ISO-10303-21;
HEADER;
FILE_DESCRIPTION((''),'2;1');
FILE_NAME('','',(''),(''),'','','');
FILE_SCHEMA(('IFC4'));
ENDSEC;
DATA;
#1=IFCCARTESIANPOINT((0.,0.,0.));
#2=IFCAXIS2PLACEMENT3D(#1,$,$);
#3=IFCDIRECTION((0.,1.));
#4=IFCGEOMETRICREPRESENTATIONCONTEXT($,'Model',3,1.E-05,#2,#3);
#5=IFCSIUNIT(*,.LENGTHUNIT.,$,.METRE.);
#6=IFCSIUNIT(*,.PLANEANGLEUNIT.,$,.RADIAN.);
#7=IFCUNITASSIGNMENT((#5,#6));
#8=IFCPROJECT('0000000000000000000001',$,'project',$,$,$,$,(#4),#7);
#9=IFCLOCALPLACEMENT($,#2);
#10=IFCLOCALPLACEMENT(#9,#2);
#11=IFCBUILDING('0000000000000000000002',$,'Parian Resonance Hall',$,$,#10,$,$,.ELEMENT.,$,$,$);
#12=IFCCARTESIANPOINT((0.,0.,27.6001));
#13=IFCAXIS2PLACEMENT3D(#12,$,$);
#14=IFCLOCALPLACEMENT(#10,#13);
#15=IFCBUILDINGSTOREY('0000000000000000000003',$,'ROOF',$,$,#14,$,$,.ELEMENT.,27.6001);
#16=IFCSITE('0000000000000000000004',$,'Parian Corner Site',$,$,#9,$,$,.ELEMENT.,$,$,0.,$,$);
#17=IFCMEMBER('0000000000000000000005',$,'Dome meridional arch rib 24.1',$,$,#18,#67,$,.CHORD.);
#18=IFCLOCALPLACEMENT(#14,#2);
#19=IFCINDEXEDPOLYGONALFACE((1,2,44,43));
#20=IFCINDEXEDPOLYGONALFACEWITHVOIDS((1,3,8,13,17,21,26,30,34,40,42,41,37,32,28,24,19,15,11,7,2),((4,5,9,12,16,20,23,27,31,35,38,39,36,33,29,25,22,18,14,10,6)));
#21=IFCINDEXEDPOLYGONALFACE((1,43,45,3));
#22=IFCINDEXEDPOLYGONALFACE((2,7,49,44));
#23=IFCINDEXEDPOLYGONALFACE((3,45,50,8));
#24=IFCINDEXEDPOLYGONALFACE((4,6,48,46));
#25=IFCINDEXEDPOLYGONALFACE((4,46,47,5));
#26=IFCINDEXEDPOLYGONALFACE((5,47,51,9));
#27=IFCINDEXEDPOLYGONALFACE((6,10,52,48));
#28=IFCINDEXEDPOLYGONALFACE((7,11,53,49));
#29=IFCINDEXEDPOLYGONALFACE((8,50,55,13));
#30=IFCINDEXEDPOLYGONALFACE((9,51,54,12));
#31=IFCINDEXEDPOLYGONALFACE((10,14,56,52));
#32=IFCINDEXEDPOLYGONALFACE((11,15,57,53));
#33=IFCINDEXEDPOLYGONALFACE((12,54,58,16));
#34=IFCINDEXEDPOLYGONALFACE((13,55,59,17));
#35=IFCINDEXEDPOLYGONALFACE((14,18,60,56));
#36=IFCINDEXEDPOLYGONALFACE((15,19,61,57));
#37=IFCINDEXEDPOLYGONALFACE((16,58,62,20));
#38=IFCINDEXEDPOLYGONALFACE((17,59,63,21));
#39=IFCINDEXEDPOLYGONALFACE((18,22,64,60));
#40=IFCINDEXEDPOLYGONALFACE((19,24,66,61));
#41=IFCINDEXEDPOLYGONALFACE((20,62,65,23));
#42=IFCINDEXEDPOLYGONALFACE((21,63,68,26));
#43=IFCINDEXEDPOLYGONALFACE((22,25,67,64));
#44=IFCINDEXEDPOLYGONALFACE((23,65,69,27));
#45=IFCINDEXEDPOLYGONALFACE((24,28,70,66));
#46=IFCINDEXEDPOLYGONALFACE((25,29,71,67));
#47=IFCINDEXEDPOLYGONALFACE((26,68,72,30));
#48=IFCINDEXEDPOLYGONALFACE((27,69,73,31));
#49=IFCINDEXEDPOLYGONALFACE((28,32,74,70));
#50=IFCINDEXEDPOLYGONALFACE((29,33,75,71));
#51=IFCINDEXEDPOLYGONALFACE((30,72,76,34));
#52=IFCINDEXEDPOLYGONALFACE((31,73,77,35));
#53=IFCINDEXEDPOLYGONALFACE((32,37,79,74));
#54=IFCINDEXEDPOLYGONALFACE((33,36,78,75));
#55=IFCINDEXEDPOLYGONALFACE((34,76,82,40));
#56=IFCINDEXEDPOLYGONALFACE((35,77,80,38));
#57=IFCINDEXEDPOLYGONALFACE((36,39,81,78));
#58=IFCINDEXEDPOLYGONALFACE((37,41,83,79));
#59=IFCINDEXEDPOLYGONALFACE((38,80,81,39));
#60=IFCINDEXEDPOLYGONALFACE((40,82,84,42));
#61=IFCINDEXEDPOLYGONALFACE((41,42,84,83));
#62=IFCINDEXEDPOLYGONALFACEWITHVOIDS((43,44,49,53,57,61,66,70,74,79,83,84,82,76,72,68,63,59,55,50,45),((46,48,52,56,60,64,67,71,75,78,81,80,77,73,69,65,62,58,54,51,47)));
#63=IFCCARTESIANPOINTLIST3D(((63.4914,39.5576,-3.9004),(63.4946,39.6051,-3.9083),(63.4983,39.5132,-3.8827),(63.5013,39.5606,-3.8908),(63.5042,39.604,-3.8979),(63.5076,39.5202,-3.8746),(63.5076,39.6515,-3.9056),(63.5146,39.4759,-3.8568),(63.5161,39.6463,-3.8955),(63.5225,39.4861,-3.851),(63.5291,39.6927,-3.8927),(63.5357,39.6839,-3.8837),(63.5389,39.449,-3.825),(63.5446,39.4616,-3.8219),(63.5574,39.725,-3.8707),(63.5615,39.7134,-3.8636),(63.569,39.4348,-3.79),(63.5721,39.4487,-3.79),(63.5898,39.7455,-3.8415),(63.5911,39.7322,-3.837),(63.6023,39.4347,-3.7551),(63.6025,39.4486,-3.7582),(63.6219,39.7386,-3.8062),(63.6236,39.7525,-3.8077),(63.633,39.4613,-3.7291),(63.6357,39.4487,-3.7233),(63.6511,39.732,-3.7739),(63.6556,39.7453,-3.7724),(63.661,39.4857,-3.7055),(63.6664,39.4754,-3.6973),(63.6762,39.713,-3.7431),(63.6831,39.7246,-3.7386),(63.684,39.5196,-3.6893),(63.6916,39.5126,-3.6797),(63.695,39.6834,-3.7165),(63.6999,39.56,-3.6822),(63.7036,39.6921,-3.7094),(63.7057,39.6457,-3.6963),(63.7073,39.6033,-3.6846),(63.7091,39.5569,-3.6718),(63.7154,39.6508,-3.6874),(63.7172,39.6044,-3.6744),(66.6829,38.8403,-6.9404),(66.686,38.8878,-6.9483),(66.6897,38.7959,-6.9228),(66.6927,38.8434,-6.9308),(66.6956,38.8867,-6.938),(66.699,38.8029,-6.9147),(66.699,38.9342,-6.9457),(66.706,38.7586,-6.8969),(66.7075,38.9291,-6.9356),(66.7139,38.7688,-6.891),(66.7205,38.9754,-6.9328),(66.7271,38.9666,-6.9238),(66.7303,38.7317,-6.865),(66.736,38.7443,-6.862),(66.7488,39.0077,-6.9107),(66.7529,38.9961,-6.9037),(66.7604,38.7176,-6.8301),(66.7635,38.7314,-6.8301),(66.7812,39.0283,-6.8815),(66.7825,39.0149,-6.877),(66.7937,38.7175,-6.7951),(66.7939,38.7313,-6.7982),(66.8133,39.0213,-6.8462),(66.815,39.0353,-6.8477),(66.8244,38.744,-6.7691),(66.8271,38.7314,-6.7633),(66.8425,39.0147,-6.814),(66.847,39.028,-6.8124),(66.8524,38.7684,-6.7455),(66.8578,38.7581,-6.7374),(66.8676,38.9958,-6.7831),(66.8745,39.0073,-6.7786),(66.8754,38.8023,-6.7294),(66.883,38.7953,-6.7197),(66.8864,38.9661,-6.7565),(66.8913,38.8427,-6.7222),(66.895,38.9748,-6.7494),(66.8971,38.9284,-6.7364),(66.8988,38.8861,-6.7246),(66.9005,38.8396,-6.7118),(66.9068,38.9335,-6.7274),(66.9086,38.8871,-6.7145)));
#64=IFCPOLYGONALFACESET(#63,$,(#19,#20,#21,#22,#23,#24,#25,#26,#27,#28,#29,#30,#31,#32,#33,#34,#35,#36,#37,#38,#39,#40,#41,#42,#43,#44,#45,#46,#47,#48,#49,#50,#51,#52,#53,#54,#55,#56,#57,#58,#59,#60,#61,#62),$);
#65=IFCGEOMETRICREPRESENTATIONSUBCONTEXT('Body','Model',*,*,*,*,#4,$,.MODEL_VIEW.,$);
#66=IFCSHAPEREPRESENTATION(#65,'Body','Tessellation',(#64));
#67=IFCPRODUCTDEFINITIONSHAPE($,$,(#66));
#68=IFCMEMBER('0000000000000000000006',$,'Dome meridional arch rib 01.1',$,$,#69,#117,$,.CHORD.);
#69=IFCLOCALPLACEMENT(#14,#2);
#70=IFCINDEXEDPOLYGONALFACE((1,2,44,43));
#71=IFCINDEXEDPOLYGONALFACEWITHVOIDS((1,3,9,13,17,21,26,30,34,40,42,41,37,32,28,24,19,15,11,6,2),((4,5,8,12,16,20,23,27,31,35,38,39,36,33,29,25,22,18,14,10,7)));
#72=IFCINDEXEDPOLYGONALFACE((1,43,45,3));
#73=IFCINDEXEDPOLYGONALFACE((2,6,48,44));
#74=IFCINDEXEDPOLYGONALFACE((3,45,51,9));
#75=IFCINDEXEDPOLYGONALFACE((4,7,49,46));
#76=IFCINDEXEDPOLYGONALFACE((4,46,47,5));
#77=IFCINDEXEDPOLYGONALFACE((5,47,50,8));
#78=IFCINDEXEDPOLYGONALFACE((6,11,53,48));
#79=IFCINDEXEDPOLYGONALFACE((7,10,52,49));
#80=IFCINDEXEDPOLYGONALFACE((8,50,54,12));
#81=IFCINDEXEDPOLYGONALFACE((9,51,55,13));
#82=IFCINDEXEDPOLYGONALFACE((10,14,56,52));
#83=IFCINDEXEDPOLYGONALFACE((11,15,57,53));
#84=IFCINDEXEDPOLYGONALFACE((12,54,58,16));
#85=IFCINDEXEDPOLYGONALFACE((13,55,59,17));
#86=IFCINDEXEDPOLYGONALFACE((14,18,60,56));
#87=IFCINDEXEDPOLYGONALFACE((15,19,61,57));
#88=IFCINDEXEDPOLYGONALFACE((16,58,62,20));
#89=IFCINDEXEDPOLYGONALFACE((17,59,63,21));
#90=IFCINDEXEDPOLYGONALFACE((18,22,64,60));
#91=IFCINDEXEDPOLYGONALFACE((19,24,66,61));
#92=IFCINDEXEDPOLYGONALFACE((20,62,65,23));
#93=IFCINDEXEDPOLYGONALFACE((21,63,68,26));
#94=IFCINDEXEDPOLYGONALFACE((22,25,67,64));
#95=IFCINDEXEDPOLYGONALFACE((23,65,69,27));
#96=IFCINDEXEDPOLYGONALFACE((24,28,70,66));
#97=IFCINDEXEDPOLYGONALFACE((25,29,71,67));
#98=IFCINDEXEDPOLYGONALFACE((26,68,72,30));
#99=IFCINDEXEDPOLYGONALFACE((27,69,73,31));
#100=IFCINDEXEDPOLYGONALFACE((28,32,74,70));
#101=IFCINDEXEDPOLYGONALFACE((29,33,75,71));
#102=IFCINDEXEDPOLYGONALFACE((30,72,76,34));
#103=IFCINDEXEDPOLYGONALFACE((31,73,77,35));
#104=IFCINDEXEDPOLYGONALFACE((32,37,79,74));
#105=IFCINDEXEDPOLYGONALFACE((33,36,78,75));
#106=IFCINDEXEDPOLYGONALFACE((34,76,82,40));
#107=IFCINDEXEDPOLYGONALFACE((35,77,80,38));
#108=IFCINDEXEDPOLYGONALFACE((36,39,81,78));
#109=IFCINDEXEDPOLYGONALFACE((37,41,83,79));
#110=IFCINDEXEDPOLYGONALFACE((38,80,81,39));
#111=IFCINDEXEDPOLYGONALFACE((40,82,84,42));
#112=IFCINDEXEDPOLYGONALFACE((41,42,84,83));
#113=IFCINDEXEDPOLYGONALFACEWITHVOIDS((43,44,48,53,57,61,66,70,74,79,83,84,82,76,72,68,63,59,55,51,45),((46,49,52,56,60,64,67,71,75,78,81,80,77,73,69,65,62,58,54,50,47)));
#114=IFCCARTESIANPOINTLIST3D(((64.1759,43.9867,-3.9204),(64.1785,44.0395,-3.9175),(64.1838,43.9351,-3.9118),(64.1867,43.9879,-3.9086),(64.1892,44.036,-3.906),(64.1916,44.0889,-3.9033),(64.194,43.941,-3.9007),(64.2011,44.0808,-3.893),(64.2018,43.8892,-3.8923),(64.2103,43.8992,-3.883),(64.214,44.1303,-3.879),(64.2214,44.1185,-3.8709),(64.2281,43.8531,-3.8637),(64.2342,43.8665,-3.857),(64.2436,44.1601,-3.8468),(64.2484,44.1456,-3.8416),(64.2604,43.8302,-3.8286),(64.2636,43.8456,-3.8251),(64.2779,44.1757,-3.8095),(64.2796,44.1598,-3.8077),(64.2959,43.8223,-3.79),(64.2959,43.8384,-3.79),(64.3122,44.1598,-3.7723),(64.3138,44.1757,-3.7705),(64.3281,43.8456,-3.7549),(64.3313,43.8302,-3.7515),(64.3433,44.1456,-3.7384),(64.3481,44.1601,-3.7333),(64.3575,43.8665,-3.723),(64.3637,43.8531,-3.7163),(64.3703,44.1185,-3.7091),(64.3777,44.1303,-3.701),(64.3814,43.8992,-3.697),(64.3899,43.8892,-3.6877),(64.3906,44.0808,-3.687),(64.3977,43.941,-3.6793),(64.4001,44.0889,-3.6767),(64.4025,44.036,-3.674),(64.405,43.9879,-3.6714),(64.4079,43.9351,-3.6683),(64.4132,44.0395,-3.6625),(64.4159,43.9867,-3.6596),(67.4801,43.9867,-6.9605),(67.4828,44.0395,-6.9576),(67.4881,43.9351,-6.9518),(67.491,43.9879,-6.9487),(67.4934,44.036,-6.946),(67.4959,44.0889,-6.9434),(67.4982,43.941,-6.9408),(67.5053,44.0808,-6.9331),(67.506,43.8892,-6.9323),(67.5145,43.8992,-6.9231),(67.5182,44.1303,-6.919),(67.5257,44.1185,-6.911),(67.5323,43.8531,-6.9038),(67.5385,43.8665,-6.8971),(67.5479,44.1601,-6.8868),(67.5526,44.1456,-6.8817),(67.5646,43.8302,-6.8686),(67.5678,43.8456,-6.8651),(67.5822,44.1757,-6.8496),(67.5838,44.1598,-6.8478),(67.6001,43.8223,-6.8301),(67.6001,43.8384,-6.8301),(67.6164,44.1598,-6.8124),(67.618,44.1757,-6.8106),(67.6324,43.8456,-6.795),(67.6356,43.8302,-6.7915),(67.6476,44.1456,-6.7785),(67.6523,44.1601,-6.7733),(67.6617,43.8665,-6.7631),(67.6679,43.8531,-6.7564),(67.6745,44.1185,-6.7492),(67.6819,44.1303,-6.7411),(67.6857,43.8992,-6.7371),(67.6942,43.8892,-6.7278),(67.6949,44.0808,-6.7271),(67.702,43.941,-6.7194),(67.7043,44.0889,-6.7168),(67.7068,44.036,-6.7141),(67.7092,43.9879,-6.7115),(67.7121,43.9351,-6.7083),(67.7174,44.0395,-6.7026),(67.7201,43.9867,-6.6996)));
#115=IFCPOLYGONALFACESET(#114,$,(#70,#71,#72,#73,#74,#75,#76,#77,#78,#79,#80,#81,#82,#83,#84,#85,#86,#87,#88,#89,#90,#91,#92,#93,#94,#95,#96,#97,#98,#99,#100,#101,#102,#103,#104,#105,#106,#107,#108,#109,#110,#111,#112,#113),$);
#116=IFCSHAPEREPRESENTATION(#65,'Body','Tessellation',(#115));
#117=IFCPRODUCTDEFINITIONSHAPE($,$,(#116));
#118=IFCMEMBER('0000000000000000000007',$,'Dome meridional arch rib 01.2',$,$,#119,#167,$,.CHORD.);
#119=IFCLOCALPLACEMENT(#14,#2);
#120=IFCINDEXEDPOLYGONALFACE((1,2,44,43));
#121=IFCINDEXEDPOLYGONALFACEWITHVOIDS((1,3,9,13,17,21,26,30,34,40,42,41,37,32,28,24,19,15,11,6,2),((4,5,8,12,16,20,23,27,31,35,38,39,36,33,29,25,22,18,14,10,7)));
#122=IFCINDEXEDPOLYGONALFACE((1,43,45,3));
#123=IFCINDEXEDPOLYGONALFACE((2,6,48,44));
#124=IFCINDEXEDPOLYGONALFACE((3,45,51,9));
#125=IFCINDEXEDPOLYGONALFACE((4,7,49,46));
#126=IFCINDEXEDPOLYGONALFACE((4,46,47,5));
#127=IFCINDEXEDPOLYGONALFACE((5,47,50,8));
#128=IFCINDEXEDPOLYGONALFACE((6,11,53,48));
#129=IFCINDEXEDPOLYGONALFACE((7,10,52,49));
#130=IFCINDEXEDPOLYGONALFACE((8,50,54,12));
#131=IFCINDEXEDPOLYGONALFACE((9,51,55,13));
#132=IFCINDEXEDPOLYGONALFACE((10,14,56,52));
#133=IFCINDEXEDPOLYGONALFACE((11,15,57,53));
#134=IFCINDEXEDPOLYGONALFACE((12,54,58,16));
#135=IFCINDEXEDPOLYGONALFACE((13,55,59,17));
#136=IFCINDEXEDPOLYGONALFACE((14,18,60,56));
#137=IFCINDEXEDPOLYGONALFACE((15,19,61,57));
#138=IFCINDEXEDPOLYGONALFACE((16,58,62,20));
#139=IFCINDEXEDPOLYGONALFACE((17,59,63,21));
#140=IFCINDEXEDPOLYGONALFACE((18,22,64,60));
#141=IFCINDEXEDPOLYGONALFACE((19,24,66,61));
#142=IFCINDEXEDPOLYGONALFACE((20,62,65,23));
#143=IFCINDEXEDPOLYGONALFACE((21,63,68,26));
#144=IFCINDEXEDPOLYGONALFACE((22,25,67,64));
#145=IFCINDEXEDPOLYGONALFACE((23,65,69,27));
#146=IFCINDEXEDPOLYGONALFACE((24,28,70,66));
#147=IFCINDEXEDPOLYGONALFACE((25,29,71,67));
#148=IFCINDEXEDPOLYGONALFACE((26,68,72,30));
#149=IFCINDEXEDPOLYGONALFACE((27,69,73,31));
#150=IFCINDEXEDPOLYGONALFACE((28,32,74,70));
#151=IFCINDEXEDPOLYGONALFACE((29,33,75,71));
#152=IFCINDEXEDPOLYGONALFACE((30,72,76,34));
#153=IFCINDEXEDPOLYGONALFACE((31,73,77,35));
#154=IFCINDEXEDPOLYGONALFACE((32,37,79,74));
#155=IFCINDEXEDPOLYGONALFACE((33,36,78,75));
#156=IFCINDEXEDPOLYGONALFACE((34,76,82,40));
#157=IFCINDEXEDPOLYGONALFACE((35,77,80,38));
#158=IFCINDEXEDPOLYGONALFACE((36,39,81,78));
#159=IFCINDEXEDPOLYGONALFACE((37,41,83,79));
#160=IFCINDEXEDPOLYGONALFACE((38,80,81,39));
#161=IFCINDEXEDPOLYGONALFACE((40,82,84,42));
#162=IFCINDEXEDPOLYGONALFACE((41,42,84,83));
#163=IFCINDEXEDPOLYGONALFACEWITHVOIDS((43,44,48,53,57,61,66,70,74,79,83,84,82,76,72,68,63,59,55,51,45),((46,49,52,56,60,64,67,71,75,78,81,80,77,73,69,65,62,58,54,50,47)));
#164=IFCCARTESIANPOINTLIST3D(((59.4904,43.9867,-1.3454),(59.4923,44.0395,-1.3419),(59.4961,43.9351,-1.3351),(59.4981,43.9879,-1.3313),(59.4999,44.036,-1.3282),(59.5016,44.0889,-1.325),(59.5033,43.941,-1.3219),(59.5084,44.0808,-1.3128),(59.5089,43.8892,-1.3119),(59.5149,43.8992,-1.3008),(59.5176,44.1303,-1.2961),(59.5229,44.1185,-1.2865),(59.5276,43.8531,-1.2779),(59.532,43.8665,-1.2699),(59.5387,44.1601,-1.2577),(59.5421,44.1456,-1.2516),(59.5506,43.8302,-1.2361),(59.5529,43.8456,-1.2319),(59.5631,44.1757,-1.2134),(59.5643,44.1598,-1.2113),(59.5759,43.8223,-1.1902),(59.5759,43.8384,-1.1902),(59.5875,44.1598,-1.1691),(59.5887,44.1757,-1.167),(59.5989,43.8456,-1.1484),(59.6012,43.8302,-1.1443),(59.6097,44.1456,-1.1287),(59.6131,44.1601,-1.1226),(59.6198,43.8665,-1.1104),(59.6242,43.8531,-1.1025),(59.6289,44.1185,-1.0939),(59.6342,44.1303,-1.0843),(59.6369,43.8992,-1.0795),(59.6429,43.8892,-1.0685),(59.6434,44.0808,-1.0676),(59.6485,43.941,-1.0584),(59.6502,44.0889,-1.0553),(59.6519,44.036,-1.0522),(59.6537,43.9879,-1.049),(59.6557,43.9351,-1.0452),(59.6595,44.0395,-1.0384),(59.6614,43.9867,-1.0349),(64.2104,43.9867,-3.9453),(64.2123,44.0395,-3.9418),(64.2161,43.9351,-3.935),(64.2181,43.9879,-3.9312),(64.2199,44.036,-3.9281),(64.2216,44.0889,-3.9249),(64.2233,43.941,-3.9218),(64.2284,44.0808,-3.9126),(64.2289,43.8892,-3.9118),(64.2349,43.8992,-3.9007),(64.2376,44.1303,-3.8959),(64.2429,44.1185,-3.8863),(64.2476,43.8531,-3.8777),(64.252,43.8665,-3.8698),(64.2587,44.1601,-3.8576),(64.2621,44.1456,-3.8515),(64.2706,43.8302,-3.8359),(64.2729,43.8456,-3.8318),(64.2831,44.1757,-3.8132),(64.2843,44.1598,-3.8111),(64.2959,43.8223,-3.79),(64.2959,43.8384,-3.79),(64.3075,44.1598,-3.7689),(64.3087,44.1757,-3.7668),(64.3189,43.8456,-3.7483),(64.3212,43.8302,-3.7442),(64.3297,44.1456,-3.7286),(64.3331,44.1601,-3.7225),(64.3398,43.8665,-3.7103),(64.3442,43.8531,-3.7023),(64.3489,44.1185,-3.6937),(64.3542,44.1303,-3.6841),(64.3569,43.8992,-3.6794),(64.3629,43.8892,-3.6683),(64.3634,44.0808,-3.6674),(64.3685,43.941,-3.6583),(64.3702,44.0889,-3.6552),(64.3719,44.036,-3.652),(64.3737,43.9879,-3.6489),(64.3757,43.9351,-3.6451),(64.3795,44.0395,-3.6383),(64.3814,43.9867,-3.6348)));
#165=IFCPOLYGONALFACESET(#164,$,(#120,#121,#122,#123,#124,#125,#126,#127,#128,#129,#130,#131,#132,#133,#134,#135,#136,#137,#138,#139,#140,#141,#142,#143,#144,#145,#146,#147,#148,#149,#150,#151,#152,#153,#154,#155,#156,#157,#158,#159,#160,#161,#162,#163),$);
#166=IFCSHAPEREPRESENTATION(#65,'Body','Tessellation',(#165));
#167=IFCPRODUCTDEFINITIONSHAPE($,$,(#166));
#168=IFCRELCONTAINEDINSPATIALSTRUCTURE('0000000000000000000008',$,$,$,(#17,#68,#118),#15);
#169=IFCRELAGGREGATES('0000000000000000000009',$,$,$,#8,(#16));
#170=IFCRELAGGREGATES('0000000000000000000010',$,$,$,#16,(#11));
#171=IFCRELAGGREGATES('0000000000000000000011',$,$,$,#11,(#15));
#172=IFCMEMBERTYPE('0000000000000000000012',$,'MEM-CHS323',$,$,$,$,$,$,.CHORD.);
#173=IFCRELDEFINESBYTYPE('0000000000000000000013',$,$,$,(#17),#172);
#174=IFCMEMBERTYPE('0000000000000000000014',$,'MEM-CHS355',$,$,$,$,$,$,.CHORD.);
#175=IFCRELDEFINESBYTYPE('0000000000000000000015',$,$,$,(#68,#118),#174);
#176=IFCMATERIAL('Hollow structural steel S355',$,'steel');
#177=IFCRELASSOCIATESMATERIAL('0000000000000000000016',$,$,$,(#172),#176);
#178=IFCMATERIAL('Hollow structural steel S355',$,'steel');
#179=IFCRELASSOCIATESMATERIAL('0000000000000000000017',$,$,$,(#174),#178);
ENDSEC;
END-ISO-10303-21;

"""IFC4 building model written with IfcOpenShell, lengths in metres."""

from ifc_helpers import new_model, si_unit, direction, frame, origin, origin_2d, place, context, subcontext, project, spatial, hollow_circle, extrude, material, material_profile, profile_set, type_object, element, save


model = new_model("IFC4")

# Units and contexts
model_context = context("Model", 3, precision=1e-05, world=origin(), true_north=direction((0.0, 1.0)))
body_context = subcontext(model_context, "Body", "Model", "MODEL_VIEW")
ifc_project = project(units=[si_unit("LENGTHUNIT", "METRE"), si_unit("PLANEANGLEUNIT", "RADIAN")], contexts=[model_context])

# Site, building, storey
site_placement = place(None, origin())
site = spatial("IfcSite", under=ifc_project, at=site_placement, Name="Parian Corner Site", CompositionType="ELEMENT", RefElevation=0.0)
building_placement = place(site_placement, origin())
building = spatial("IfcBuilding", under=site, at=building_placement, Name="Parian Resonance Hall", CompositionType="ELEMENT")
storey_placement = place(building_placement, frame((0.0, 0.0, 27.6001)))
storey = spatial("IfcBuildingStorey", under=building, at=storey_placement, Name="ROOF", CompositionType="ELEMENT", Elevation=27.6001)

# Members
ifc_material_1 = material(Name="Hollow structural steel S355", Category="steel")
ifc_material_profile_1 = material_profile(ifc_material_1, hollow_circle(Radius=0.1619, WallThickness=0.0142, at=origin_2d()), Name="CHS323.9x14.2")
ifc_profile_set_1 = profile_set([ifc_material_profile_1], Name="Hollow structural steel S355")
member_type_1 = type_object("IfcMemberType", Name="MEM-CHS323", PredefinedType="CHORD", material=ifc_profile_set_1)
member_1_placement = place(storey_placement, frame((66.7959, 38.8755, -6.8301), z_axis=(-0.714668, 0.160625, 0.680771), x_axis=(-0.219285, -0.975661, 0.0)))
element("IfcMember", 1, at=member_1_placement, inside=storey, type_object=member_type_1, Name="Dome meridional arch rib 24.1", PredefinedType="CHORD", context=body_context, shape_type="SweptSolid", body=[
    extrude(hollow_circle(Radius=0.1619, WallThickness=0.0142, at=origin_2d()), origin(), (0.0, 0.0, 1.0), 4.4656),
])
ifc_material_2 = material(Name="Hollow structural steel S355", Category="steel")
ifc_material_profile_2 = material_profile(ifc_material_2, hollow_circle(Radius=0.1777, WallThickness=0.0161, at=origin_2d()), Name="CHS355.6x16")
ifc_profile_set_2 = profile_set([ifc_material_profile_2], Name="Hollow structural steel S355")
member_type_2 = type_object("IfcMemberType", Name="MEM-CHS355", PredefinedType="CHORD", material=ifc_profile_set_2)
member_2_placement = place(storey_placement, frame((67.6001, 44.0, -6.8301), z_axis=(-0.735912, 0.0, 0.677078), x_axis=(0.0, -1.0, 0.0)))
element("IfcMember", 2, at=member_2_placement, inside=storey, type_object=member_type_2, Name="Dome meridional arch rib 01.1", PredefinedType="CHORD", context=body_context, shape_type="SweptSolid", body=[
    extrude(hollow_circle(Radius=0.1777, WallThickness=0.0161, at=origin_2d()), origin(), (0.0, 0.0, 1.0), 4.49),
])
member_3_placement = place(storey_placement, frame((64.2959, 44.0, -3.79), z_axis=(-0.875913, 0.0, 0.48247), x_axis=(0.0, -1.0, 0.0)))
element("IfcMember", 3, at=member_3_placement, inside=storey, type_object=member_type_2, Name="Dome meridional arch rib 01.2", PredefinedType="CHORD", context=body_context, shape_type="SweptSolid", body=[
    extrude(hollow_circle(Radius=0.1777, WallThickness=0.0161, at=origin_2d()), origin(), (0.0, 0.0, 1.0), 5.3887),
])

save(model, "model.ifc")
